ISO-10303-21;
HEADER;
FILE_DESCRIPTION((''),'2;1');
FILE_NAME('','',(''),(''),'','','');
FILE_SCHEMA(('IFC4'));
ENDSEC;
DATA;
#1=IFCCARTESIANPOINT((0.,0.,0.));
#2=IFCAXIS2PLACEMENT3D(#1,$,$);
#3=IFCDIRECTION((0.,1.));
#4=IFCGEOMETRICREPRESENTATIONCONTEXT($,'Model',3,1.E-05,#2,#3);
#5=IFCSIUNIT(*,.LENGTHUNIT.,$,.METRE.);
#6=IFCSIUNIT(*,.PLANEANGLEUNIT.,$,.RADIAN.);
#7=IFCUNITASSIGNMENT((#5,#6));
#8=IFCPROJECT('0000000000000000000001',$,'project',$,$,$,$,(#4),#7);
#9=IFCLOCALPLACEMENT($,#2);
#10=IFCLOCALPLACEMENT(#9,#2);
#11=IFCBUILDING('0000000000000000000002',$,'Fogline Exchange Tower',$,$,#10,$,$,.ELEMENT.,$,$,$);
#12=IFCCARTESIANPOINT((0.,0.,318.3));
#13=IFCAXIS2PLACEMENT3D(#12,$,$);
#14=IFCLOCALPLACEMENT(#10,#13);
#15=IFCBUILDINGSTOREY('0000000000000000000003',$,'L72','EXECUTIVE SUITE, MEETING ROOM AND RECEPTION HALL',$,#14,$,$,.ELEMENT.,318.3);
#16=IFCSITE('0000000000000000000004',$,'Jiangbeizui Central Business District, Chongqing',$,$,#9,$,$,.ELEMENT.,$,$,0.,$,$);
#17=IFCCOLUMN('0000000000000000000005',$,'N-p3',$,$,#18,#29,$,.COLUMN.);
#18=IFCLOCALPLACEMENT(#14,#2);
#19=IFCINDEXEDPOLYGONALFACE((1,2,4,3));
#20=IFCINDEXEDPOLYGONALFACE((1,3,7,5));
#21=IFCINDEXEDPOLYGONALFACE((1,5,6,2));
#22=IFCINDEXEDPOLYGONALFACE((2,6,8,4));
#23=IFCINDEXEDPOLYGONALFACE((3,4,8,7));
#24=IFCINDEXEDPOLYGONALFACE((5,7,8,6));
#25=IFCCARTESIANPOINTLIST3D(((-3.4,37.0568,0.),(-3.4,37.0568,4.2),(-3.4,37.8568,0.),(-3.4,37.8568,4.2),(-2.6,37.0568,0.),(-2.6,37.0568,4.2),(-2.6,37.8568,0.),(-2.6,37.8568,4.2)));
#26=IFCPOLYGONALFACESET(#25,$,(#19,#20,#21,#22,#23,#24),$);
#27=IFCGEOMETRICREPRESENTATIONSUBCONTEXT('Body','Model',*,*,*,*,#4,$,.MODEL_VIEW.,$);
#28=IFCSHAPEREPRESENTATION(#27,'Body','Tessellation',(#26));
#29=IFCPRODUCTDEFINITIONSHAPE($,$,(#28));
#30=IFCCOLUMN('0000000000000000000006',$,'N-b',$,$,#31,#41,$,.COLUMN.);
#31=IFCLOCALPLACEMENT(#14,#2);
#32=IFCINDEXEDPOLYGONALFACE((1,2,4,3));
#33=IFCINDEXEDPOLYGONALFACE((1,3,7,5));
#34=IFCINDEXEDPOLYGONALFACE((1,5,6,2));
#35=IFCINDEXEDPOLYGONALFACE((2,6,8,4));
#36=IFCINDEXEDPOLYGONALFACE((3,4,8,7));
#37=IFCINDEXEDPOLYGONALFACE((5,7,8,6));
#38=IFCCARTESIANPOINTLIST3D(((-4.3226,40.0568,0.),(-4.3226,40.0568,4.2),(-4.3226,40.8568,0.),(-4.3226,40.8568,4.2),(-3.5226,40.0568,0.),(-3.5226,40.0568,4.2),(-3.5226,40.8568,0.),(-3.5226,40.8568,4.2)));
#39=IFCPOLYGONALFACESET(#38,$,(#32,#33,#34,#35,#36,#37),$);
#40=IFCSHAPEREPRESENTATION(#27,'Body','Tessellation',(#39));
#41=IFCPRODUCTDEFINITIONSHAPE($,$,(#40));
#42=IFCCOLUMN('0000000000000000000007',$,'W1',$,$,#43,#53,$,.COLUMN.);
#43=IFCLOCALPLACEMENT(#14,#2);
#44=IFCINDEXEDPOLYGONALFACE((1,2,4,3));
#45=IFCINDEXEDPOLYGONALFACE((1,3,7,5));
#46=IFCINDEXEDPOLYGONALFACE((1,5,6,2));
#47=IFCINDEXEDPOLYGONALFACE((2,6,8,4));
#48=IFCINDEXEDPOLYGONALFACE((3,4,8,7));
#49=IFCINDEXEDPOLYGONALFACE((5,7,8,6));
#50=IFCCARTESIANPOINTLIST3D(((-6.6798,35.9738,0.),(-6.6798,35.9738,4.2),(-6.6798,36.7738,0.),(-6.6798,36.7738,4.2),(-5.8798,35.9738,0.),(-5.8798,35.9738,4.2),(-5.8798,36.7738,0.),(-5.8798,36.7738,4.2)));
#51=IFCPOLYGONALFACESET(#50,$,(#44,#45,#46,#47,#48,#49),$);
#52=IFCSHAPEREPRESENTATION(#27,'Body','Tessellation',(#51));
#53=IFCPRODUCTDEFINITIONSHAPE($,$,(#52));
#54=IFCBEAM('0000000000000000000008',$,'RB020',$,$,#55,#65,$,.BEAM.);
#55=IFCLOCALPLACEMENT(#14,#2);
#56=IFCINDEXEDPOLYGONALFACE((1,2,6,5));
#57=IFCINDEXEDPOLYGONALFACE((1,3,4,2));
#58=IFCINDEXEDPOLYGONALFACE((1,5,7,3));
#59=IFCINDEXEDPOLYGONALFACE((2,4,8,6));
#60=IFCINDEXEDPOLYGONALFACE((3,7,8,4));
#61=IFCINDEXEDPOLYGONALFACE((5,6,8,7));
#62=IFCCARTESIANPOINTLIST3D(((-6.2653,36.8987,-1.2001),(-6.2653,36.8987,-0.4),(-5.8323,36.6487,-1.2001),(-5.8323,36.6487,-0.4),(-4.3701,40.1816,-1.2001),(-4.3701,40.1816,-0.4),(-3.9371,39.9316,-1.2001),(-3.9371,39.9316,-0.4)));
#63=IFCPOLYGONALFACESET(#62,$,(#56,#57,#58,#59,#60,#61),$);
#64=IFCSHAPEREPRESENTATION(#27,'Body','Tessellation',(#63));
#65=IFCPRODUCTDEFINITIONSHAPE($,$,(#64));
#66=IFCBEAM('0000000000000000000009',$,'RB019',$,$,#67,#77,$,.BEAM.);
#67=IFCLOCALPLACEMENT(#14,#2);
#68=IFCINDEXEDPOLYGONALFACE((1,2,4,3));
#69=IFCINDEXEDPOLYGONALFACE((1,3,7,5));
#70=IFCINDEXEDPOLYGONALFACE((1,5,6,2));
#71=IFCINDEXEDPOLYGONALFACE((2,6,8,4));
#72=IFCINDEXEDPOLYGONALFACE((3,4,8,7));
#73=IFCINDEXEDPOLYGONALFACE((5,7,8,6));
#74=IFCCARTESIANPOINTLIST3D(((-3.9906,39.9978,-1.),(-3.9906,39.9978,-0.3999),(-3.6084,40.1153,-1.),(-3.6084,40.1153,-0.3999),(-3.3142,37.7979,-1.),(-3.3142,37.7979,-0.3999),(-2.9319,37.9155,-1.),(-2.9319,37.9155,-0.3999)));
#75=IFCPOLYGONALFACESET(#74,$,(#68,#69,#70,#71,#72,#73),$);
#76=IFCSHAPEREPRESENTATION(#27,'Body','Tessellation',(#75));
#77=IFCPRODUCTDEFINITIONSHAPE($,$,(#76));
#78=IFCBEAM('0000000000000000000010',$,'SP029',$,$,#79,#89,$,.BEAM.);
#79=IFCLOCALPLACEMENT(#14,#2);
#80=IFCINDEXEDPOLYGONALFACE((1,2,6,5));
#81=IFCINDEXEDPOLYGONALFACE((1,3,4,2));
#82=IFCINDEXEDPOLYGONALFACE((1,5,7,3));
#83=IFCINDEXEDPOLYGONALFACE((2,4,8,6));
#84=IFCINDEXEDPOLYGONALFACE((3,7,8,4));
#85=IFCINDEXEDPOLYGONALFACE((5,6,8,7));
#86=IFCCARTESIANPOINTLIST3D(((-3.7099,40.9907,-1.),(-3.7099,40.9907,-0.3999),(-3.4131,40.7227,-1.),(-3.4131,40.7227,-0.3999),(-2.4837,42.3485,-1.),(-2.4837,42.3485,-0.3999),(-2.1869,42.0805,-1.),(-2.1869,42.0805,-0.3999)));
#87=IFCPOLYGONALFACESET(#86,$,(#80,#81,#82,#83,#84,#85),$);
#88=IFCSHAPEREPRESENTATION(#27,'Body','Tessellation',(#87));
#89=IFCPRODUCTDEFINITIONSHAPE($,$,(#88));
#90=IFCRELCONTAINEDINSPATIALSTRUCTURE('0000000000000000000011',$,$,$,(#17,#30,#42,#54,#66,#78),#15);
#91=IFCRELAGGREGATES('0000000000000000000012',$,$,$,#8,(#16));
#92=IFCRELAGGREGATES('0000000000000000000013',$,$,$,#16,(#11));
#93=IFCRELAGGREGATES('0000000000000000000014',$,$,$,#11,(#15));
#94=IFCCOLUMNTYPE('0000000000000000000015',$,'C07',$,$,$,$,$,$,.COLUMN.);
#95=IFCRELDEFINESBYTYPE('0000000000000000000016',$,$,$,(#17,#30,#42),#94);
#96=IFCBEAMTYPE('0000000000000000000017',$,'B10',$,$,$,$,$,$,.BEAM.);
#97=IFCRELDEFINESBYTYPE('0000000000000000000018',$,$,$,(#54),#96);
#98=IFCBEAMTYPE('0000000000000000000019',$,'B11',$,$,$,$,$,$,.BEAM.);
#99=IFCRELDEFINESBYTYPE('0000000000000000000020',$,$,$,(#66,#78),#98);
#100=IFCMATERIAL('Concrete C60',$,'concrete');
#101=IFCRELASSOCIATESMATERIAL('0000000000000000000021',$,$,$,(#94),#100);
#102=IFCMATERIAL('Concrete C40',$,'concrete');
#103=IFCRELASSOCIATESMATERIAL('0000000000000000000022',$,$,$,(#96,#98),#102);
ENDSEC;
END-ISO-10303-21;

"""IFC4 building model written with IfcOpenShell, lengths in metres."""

from ifc_helpers import new_model, si_unit, direction, frame, origin, origin_2d, place, context, subcontext, project, spatial, rectangle, extrude, material, material_profile, profile_set, type_object, element, save


model = new_model("IFC4")

# Units and contexts
model_context = context("Model", 3, precision=1e-05, world=origin(), true_north=direction((0.0, 1.0)))
body_context = subcontext(model_context, "Body", "Model", "MODEL_VIEW")
ifc_project = project(units=[si_unit("LENGTHUNIT", "METRE"), si_unit("PLANEANGLEUNIT", "RADIAN")], contexts=[model_context])

# Site, building, storey
site_placement = place(None, origin())
site = spatial("IfcSite", under=ifc_project, at=site_placement, Name="Jiangbeizui Central Business District, Chongqing", CompositionType="ELEMENT", RefElevation=0.0)
building_placement = place(site_placement, origin())
building = spatial("IfcBuilding", under=site, at=building_placement, Name="Fogline Exchange Tower", CompositionType="ELEMENT")
storey_placement = place(building_placement, frame((0.0, 0.0, 318.3)))
storey = spatial("IfcBuildingStorey", under=building, at=storey_placement, Name="L72", Description="EXECUTIVE SUITE, MEETING ROOM AND RECEPTION HALL", CompositionType="ELEMENT", Elevation=318.3)

# Columns
ifc_material_1 = material(Name="Concrete C60", Category="concrete")
ifc_material_profile_1 = material_profile(ifc_material_1, rectangle(XDim=0.8, YDim=0.8, at=origin_2d()), Name="RC 800x800")
ifc_profile_set_1 = profile_set([ifc_material_profile_1], Name="Concrete C60")
column_type = type_object("IfcColumnType", Name="C07", PredefinedType="COLUMN", material=ifc_profile_set_1)
for number, where, z_axis, x_axis, name in (
    (1, (-3.0, 37.4568, 0.0), (0.0, 0.0, 1.0), (1.0, 0.0, 0.0), "N-p3"),
    (2, (-3.9226, 40.4568, 0.0), (0.0, 0.0, 1.0), (1.0, 0.0, 0.0), "N-b"),
    (3, (-6.2798, 36.3738, 0.0), (0.0, 0.0, 1.0), (1.0, 0.0, 0.0), "W1"),
):
    element("IfcColumn", number, at=place(storey_placement, frame(where, z_axis=z_axis, x_axis=x_axis)), inside=storey, type_object=column_type, Name=name, PredefinedType="COLUMN", context=body_context, shape_type="SweptSolid", body=[
        extrude(rectangle(XDim=0.8, YDim=0.8, at=origin_2d()), origin(), (0.0, 0.0, 1.0), 4.2),
    ])

# Beams
ifc_material_2 = material(Name="Concrete C40", Category="concrete")
ifc_material_profile_2 = material_profile(ifc_material_2, rectangle(XDim=0.5, YDim=0.8, at=origin_2d()), Name="RC 500x800")
ifc_profile_set_2 = profile_set([ifc_material_profile_2], Name="Concrete C40")
beam_type_1 = type_object("IfcBeamType", Name="B10", PredefinedType="BEAM", material=ifc_profile_set_2)
beam_1_placement = place(storey_placement, frame((-4.1536, 40.0566, -0.8), z_axis=(-0.49997, -0.866043, 0.0), x_axis=(0.866043, -0.49997, 0.0)))
element("IfcBeam", 4, at=beam_1_placement, inside=storey, type_object=beam_type_1, Name="RB020", PredefinedType="BEAM", context=body_context, shape_type="SweptSolid", body=[
    extrude(rectangle(XDim=0.5, YDim=0.8, at=origin_2d()), origin(), (0.0, 0.0, 1.0), 3.7908),
])
ifc_material_profile_3 = material_profile(ifc_material_2, rectangle(XDim=0.3999, YDim=0.6001, at=origin_2d()), Name="RC 400x600")
ifc_profile_set_3 = profile_set([ifc_material_profile_3], Name="Concrete C40")
beam_type_2 = type_object("IfcBeamType", Name="B11", PredefinedType="BEAM", material=ifc_profile_set_3)
beam_2_placement = place(storey_placement, frame((-3.123, 37.8567, -0.7), z_axis=(-0.293929, 0.955827, 0.0), x_axis=(-0.955827, -0.293929, 0.0)))
element("IfcBeam", 5, at=beam_2_placement, inside=storey, type_object=beam_type_2, Name="RB019", PredefinedType="BEAM", context=body_context, shape_type="SweptSolid", body=[
    extrude(rectangle(XDim=0.3999, YDim=0.6001, at=origin_2d()), origin(), (0.0, 0.0, 1.0), 2.3015),
])
beam_3_placement = place(storey_placement, frame((-3.5615, 40.8567, -0.7), z_axis=(0.670232, 0.742152, 0.0), x_axis=(-0.742152, 0.670232, 0.0)))
element("IfcBeam", 6, at=beam_3_placement, inside=storey, type_object=beam_type_2, Name="SP029", PredefinedType="BEAM", context=body_context, shape_type="SweptSolid", body=[
    extrude(rectangle(XDim=0.3999, YDim=0.6001, at=origin_2d()), origin(), (0.0, 0.0, 1.0), 1.8296),
])

save(model, "model.ifc")
